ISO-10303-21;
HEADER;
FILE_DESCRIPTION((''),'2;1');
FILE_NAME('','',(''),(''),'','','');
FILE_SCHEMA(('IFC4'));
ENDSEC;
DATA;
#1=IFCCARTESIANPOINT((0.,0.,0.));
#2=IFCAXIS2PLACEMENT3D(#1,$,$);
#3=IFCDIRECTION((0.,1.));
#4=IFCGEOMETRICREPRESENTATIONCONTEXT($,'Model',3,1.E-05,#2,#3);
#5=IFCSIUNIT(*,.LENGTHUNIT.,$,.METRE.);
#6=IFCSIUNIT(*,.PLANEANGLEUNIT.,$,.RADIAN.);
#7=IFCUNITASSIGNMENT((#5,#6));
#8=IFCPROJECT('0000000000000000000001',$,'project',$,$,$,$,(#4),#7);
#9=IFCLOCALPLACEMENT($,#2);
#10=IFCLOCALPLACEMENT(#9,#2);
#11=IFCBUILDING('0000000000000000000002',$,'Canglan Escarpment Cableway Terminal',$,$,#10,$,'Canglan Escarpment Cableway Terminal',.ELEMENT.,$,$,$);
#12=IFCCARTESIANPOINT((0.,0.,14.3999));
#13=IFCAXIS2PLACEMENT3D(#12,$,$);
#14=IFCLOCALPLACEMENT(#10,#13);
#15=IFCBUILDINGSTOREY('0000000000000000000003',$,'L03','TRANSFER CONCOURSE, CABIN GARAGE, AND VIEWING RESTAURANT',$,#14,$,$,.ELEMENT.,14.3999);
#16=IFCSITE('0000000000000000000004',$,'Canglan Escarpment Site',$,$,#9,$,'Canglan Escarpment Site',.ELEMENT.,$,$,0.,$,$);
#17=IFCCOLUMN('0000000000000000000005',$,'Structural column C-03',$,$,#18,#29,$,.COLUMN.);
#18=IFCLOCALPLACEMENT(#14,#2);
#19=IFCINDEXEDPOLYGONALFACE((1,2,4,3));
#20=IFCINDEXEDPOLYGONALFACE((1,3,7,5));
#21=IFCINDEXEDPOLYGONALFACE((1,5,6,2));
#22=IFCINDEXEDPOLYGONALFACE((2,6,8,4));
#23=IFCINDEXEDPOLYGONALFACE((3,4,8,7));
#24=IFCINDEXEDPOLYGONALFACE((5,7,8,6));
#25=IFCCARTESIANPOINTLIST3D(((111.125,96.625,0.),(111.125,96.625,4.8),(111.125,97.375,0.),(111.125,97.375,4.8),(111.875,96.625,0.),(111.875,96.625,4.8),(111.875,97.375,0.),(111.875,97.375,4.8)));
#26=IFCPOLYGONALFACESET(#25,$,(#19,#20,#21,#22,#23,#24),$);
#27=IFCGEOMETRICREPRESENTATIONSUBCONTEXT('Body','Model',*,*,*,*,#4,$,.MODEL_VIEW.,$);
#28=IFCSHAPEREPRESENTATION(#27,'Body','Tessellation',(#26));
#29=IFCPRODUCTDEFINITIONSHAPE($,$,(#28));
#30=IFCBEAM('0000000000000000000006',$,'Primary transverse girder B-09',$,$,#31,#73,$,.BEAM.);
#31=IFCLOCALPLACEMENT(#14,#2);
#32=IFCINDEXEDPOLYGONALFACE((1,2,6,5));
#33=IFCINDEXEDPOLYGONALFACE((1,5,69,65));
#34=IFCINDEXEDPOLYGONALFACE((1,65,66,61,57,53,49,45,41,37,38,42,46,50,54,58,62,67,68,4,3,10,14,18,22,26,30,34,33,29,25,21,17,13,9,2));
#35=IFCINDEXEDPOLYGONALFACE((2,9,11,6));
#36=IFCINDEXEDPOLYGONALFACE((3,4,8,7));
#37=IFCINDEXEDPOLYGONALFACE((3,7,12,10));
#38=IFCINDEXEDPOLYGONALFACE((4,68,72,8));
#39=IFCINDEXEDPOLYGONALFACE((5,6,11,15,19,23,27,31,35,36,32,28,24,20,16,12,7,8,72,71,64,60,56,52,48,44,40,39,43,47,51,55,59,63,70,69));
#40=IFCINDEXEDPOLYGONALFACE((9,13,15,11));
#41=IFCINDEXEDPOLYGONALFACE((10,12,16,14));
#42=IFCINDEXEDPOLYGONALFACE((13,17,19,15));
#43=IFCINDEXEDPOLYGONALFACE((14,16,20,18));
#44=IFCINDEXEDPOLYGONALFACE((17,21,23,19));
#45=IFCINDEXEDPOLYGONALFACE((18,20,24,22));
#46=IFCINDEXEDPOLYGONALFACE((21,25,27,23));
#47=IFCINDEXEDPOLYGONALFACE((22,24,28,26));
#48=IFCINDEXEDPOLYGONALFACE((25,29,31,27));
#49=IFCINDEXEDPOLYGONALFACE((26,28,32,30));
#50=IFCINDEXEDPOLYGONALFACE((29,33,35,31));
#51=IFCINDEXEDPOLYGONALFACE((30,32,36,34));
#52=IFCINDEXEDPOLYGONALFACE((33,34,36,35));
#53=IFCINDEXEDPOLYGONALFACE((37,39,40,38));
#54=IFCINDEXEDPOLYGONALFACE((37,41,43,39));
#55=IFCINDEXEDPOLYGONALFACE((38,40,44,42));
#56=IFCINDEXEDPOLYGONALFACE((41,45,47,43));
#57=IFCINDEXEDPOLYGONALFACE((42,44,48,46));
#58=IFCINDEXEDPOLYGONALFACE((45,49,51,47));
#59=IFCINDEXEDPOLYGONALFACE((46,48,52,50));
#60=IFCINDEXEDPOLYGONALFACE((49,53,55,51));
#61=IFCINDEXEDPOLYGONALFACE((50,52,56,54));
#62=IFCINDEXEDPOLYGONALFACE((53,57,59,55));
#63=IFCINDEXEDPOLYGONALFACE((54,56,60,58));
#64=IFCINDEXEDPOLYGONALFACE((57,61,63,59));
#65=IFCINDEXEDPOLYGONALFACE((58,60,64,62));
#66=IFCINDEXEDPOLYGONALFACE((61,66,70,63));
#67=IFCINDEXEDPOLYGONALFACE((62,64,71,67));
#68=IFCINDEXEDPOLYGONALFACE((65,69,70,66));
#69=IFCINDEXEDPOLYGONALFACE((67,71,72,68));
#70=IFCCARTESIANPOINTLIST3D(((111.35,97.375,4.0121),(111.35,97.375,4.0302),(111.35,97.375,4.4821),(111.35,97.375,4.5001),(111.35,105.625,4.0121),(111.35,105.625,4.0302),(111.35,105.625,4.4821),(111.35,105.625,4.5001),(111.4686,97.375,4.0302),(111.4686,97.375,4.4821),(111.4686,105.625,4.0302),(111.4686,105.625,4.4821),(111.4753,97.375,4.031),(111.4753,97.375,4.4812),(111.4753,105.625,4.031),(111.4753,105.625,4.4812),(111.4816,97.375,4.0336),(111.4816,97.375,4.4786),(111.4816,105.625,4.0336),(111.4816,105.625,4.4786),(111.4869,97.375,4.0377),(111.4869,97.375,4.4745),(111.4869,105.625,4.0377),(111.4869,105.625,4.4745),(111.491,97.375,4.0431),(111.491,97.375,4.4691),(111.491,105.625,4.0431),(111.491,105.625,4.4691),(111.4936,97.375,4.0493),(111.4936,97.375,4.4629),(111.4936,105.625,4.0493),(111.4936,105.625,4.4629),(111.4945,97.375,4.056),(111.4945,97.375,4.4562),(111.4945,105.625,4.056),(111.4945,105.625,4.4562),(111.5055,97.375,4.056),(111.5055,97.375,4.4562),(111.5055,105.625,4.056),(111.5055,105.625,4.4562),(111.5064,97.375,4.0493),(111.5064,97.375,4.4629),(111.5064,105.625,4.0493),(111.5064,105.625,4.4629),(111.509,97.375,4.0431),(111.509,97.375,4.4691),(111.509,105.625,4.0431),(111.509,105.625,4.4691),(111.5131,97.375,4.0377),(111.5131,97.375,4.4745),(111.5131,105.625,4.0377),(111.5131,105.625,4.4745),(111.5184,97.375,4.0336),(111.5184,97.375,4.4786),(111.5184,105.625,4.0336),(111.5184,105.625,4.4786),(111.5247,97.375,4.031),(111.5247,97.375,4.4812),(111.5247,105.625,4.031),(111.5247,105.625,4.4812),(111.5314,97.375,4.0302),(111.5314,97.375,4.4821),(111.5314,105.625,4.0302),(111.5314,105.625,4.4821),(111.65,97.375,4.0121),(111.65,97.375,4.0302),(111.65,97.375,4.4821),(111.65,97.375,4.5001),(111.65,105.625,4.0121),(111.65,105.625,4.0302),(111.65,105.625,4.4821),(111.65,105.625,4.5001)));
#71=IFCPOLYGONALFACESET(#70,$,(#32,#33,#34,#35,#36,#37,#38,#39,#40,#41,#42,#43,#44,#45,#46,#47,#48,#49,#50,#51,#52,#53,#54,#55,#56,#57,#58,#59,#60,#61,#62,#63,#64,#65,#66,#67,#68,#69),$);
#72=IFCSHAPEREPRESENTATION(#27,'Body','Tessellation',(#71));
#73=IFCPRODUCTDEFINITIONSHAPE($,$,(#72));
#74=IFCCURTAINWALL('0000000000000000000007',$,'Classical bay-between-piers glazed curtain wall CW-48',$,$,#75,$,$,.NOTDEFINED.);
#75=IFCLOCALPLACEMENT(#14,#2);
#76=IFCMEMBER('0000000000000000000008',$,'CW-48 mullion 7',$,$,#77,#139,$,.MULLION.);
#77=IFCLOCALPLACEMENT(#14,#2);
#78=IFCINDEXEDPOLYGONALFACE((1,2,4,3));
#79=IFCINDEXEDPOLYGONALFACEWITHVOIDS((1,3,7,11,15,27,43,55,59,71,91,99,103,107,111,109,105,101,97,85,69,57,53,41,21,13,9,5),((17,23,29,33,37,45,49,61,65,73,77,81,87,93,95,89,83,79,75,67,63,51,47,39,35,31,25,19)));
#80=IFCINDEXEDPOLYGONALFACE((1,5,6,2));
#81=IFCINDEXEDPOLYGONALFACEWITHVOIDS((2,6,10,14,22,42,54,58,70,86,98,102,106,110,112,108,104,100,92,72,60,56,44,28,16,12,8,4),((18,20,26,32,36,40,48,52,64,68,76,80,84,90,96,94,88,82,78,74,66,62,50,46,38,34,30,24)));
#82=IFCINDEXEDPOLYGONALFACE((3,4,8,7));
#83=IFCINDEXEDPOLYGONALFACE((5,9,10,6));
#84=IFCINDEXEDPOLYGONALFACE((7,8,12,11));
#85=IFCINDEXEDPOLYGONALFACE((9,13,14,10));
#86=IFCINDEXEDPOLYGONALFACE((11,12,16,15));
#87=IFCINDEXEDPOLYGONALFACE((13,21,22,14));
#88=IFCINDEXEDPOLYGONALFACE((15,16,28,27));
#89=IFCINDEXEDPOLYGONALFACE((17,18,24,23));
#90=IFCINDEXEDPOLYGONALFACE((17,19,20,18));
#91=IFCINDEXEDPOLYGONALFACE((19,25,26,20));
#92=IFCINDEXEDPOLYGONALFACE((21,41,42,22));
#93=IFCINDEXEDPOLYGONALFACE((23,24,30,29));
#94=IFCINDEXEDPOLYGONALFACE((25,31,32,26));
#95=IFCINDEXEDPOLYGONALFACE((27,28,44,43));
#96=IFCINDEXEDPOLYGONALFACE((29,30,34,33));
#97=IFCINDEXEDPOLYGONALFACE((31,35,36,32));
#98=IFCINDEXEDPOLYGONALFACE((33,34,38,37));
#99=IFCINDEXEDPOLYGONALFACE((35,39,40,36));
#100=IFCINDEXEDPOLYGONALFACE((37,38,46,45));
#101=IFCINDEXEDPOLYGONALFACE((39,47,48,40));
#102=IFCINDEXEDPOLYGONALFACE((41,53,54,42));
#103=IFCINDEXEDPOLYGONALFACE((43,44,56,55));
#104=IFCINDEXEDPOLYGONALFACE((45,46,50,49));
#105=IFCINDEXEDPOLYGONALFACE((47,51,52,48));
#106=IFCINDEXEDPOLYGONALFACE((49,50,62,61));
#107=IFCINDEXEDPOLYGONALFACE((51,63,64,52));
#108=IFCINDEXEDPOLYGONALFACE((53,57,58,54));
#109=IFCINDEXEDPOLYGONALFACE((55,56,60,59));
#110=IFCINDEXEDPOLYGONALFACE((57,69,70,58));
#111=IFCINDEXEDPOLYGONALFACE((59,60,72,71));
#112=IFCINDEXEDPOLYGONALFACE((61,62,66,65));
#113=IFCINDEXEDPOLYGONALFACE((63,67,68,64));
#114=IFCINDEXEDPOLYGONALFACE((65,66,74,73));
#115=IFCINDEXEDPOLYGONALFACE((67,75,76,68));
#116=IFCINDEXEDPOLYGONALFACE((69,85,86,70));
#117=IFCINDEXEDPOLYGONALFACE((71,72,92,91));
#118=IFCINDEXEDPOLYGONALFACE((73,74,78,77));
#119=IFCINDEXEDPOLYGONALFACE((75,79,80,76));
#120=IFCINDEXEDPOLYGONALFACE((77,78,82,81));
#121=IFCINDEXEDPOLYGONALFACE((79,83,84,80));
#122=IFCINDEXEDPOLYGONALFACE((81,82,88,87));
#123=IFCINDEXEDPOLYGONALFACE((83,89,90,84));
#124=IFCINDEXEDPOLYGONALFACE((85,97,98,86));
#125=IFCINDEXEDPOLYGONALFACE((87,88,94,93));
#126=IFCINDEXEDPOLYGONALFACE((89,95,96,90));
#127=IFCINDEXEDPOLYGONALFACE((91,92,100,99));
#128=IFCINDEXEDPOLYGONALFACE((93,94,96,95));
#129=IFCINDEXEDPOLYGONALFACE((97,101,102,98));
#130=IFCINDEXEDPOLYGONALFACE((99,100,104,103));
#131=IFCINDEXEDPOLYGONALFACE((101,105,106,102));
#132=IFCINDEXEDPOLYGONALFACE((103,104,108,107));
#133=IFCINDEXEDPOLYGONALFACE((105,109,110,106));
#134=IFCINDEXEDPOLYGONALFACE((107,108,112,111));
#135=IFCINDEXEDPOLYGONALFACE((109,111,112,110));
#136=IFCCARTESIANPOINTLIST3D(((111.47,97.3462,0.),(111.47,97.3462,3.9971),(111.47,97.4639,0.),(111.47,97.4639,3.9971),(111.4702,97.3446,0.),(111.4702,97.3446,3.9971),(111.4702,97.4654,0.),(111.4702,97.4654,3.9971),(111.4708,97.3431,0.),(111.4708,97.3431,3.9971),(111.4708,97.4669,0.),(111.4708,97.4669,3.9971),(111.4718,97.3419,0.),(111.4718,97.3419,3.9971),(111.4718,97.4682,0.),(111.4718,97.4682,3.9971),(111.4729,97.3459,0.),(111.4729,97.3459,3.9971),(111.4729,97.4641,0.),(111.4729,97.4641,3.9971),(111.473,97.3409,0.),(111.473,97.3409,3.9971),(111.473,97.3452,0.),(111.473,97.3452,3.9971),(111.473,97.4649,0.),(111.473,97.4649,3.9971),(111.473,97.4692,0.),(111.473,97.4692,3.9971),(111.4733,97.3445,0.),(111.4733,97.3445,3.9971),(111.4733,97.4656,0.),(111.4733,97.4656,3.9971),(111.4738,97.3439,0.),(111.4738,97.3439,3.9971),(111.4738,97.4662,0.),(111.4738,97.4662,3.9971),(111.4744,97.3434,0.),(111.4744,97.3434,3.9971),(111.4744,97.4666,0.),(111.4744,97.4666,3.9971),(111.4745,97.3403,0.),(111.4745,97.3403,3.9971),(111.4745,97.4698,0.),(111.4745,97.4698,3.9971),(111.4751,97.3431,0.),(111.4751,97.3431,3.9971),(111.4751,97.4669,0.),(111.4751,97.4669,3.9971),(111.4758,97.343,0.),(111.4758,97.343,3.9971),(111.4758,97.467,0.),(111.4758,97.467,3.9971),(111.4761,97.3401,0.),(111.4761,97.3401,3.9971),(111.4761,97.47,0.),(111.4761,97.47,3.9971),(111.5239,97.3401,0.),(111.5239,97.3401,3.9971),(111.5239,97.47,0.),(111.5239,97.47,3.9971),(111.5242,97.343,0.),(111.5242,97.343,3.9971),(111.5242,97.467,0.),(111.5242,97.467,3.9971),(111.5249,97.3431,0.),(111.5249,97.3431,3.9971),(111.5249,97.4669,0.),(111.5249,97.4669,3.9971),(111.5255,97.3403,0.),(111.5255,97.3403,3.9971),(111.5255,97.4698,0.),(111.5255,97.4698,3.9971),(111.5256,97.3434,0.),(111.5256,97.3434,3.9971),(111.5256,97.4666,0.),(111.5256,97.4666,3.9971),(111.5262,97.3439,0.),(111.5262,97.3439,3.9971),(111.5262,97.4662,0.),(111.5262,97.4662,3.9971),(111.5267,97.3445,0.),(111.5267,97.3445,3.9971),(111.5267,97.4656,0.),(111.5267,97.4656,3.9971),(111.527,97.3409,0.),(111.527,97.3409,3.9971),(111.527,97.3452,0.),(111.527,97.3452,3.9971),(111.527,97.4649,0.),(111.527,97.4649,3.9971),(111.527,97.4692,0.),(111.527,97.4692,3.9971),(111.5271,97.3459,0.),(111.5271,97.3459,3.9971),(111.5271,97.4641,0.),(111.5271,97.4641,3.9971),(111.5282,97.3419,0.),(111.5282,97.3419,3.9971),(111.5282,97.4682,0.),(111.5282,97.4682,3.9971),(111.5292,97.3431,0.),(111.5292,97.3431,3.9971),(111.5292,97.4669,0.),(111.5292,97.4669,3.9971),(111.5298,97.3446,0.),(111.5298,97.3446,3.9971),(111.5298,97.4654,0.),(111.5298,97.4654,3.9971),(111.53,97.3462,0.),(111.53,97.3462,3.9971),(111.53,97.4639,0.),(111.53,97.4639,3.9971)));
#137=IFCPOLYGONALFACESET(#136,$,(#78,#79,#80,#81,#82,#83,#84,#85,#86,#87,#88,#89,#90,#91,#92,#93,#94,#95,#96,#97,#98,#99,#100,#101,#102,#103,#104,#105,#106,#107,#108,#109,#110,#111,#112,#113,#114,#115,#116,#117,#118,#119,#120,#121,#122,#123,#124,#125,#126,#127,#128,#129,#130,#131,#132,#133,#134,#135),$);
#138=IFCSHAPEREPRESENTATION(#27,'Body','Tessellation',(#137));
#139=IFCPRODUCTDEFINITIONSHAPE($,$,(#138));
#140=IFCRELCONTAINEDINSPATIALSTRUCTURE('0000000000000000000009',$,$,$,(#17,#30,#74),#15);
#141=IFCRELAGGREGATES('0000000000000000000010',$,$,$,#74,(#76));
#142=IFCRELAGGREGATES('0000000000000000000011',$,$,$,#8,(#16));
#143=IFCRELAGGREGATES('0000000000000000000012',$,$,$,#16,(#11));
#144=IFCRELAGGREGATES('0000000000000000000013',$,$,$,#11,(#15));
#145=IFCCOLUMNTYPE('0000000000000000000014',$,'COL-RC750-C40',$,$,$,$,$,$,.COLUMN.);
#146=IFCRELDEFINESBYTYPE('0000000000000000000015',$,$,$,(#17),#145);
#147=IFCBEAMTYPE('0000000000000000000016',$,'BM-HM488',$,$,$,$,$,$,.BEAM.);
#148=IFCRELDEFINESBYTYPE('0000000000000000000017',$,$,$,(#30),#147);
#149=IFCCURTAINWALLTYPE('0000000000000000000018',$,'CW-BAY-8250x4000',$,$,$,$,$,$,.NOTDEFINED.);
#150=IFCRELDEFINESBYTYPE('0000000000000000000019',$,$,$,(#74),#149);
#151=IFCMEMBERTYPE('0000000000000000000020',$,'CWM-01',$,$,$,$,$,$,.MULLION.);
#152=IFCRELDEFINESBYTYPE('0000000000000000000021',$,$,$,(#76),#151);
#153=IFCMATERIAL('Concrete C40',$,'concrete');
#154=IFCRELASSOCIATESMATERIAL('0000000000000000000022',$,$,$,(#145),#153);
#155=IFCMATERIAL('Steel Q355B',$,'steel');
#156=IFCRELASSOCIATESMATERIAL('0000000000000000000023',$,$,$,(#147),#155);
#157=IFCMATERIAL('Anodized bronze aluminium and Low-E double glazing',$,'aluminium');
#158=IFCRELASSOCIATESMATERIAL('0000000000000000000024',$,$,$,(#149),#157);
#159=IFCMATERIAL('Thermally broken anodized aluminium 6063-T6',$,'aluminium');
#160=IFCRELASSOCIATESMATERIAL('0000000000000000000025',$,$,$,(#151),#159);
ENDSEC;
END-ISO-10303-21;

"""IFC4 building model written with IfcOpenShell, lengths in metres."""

from ifc_helpers import new_model, si_unit, direction, frame, origin, origin_2d, place, context, subcontext, project, spatial, rectangle, hollow_rectangle, i_section, extrude, material, material_profile, profile_set, type_object, element, aggregate, save


model = new_model("IFC4")

# Units and contexts
model_context = context("Model", 3, precision=1e-05, world=origin(), true_north=direction((0.0, 1.0)))
body_context = subcontext(model_context, "Body", "Model", "MODEL_VIEW")
ifc_project = project(units=[si_unit("LENGTHUNIT", "METRE"), si_unit("PLANEANGLEUNIT", "RADIAN")], contexts=[model_context])

# Site, building, storey
site_placement = place(None, origin())
site = spatial("IfcSite", under=ifc_project, at=site_placement, Name="Canglan Escarpment Site", LongName="Canglan Escarpment Site", CompositionType="ELEMENT", RefElevation=0.0)
building_placement = place(site_placement, origin())
building = spatial("IfcBuilding", under=site, at=building_placement, Name="Canglan Escarpment Cableway Terminal", LongName="Canglan Escarpment Cableway Terminal", CompositionType="ELEMENT")
storey_placement = place(building_placement, frame((0.0, 0.0, 14.3999)))
storey = spatial("IfcBuildingStorey", under=building, at=storey_placement, Name="L03", Description="TRANSFER CONCOURSE, CABIN GARAGE, AND VIEWING RESTAURANT", CompositionType="ELEMENT", Elevation=14.3999)

# Column
ifc_material_1 = material(Name="Concrete C40", Category="concrete")
ifc_material_profile_1 = material_profile(ifc_material_1, rectangle(XDim=0.75, YDim=0.75, at=origin_2d()), Name="RC 750x750")
ifc_profile_set_1 = profile_set([ifc_material_profile_1], Name="Concrete C40")
column_type = type_object("IfcColumnType", Name="COL-RC750-C40", PredefinedType="COLUMN", material=ifc_profile_set_1)
column_placement = place(storey_placement, frame((111.5, 97.0, 0.0), z_axis=(0.0, 0.0, 1.0), x_axis=(1.0, 0.0, 0.0)))
element("IfcColumn", 1, at=column_placement, inside=storey, type_object=column_type, Name="Structural column C-03", PredefinedType="COLUMN", context=body_context, shape_type="SweptSolid", body=[
    extrude(rectangle(XDim=0.75, YDim=0.75, at=origin_2d()), origin(), (0.0, 0.0, 1.0), 4.8),
])

# Beam
ifc_material_2 = material(Name="Steel Q355B", Category="steel")
ifc_material_profile_2 = material_profile(ifc_material_2, i_section(OverallWidth=0.3, OverallDepth=0.488, WebThickness=0.011, FlangeThickness=0.0181, FilletRadius=0.0259, at=origin_2d()), Name="HM 488x300x11x18")
ifc_profile_set_2 = profile_set([ifc_material_profile_2], Name="Steel Q355B")
beam_type = type_object("IfcBeamType", Name="BM-HM488", PredefinedType="BEAM", material=ifc_profile_set_2)
beam_placement = place(storey_placement, frame((111.5, 97.375, 4.2561), z_axis=(0.0, 1.0, 0.0), x_axis=(-1.0, 0.0, 0.0)))
element("IfcBeam", 2, at=beam_placement, inside=storey, type_object=beam_type, Name="Primary transverse girder B-09", PredefinedType="BEAM", context=body_context, shape_type="SweptSolid", body=[
    extrude(i_section(OverallWidth=0.3, OverallDepth=0.488, WebThickness=0.011, FlangeThickness=0.0181, FilletRadius=0.0259, at=origin_2d()), origin(), (0.0, 0.0, 1.0), 8.25),
])

# Curtain wall, member
ifc_material_3 = material(Name="Anodized bronze aluminium and Low-E double glazing", Category="aluminium")
curtain_wall_type_1 = type_object("IfcCurtainWallType", Name="CW-BAY-8250x4000", PredefinedType="NOTDEFINED", material=ifc_material_3)
curtain_wall_1_placement = place(storey_placement, origin())
curtain_wall_1 = element("IfcCurtainWall", 3, at=curtain_wall_1_placement, inside=storey, type_object=curtain_wall_type_1, Name="Classical bay-between-piers glazed curtain wall CW-48", PredefinedType="NOTDEFINED")
ifc_material_4 = material(Name="Thermally broken anodized aluminium 6063-T6", Category="aluminium")
ifc_material_profile_3 = material_profile(ifc_material_4, hollow_rectangle(XDim=0.0601, YDim=0.1299, WallThickness=0.0029, InnerFilletRadius=0.0029, OuterFilletRadius=0.0061, at=origin_2d()), Name="ALU-MULL 60x130x3")
ifc_profile_set_3 = profile_set([ifc_material_profile_3], Name="Thermally broken anodized aluminium 6063-T6")
member_type_1 = type_object("IfcMemberType", Name="CWM-01", PredefinedType="MULLION", material=ifc_profile_set_3)
member_1_placement = place(storey_placement, frame((111.5, 97.405, 0.0), z_axis=(0.0, 0.0, 1.0), x_axis=(1.0, 0.0, 0.0)))
member_1 = element("IfcMember", 4, at=member_1_placement, type_object=member_type_1, Name="CW-48 mullion 7", PredefinedType="MULLION", context=body_context, shape_type="SweptSolid", body=[
    extrude(hollow_rectangle(XDim=0.0601, YDim=0.1299, WallThickness=0.0029, InnerFilletRadius=0.0029, OuterFilletRadius=0.0061, at=origin_2d()), origin(), (0.0, 0.0, 1.0), 3.9971),
])

aggregate(curtain_wall_1, [member_1])

save(model, "model.ifc")
